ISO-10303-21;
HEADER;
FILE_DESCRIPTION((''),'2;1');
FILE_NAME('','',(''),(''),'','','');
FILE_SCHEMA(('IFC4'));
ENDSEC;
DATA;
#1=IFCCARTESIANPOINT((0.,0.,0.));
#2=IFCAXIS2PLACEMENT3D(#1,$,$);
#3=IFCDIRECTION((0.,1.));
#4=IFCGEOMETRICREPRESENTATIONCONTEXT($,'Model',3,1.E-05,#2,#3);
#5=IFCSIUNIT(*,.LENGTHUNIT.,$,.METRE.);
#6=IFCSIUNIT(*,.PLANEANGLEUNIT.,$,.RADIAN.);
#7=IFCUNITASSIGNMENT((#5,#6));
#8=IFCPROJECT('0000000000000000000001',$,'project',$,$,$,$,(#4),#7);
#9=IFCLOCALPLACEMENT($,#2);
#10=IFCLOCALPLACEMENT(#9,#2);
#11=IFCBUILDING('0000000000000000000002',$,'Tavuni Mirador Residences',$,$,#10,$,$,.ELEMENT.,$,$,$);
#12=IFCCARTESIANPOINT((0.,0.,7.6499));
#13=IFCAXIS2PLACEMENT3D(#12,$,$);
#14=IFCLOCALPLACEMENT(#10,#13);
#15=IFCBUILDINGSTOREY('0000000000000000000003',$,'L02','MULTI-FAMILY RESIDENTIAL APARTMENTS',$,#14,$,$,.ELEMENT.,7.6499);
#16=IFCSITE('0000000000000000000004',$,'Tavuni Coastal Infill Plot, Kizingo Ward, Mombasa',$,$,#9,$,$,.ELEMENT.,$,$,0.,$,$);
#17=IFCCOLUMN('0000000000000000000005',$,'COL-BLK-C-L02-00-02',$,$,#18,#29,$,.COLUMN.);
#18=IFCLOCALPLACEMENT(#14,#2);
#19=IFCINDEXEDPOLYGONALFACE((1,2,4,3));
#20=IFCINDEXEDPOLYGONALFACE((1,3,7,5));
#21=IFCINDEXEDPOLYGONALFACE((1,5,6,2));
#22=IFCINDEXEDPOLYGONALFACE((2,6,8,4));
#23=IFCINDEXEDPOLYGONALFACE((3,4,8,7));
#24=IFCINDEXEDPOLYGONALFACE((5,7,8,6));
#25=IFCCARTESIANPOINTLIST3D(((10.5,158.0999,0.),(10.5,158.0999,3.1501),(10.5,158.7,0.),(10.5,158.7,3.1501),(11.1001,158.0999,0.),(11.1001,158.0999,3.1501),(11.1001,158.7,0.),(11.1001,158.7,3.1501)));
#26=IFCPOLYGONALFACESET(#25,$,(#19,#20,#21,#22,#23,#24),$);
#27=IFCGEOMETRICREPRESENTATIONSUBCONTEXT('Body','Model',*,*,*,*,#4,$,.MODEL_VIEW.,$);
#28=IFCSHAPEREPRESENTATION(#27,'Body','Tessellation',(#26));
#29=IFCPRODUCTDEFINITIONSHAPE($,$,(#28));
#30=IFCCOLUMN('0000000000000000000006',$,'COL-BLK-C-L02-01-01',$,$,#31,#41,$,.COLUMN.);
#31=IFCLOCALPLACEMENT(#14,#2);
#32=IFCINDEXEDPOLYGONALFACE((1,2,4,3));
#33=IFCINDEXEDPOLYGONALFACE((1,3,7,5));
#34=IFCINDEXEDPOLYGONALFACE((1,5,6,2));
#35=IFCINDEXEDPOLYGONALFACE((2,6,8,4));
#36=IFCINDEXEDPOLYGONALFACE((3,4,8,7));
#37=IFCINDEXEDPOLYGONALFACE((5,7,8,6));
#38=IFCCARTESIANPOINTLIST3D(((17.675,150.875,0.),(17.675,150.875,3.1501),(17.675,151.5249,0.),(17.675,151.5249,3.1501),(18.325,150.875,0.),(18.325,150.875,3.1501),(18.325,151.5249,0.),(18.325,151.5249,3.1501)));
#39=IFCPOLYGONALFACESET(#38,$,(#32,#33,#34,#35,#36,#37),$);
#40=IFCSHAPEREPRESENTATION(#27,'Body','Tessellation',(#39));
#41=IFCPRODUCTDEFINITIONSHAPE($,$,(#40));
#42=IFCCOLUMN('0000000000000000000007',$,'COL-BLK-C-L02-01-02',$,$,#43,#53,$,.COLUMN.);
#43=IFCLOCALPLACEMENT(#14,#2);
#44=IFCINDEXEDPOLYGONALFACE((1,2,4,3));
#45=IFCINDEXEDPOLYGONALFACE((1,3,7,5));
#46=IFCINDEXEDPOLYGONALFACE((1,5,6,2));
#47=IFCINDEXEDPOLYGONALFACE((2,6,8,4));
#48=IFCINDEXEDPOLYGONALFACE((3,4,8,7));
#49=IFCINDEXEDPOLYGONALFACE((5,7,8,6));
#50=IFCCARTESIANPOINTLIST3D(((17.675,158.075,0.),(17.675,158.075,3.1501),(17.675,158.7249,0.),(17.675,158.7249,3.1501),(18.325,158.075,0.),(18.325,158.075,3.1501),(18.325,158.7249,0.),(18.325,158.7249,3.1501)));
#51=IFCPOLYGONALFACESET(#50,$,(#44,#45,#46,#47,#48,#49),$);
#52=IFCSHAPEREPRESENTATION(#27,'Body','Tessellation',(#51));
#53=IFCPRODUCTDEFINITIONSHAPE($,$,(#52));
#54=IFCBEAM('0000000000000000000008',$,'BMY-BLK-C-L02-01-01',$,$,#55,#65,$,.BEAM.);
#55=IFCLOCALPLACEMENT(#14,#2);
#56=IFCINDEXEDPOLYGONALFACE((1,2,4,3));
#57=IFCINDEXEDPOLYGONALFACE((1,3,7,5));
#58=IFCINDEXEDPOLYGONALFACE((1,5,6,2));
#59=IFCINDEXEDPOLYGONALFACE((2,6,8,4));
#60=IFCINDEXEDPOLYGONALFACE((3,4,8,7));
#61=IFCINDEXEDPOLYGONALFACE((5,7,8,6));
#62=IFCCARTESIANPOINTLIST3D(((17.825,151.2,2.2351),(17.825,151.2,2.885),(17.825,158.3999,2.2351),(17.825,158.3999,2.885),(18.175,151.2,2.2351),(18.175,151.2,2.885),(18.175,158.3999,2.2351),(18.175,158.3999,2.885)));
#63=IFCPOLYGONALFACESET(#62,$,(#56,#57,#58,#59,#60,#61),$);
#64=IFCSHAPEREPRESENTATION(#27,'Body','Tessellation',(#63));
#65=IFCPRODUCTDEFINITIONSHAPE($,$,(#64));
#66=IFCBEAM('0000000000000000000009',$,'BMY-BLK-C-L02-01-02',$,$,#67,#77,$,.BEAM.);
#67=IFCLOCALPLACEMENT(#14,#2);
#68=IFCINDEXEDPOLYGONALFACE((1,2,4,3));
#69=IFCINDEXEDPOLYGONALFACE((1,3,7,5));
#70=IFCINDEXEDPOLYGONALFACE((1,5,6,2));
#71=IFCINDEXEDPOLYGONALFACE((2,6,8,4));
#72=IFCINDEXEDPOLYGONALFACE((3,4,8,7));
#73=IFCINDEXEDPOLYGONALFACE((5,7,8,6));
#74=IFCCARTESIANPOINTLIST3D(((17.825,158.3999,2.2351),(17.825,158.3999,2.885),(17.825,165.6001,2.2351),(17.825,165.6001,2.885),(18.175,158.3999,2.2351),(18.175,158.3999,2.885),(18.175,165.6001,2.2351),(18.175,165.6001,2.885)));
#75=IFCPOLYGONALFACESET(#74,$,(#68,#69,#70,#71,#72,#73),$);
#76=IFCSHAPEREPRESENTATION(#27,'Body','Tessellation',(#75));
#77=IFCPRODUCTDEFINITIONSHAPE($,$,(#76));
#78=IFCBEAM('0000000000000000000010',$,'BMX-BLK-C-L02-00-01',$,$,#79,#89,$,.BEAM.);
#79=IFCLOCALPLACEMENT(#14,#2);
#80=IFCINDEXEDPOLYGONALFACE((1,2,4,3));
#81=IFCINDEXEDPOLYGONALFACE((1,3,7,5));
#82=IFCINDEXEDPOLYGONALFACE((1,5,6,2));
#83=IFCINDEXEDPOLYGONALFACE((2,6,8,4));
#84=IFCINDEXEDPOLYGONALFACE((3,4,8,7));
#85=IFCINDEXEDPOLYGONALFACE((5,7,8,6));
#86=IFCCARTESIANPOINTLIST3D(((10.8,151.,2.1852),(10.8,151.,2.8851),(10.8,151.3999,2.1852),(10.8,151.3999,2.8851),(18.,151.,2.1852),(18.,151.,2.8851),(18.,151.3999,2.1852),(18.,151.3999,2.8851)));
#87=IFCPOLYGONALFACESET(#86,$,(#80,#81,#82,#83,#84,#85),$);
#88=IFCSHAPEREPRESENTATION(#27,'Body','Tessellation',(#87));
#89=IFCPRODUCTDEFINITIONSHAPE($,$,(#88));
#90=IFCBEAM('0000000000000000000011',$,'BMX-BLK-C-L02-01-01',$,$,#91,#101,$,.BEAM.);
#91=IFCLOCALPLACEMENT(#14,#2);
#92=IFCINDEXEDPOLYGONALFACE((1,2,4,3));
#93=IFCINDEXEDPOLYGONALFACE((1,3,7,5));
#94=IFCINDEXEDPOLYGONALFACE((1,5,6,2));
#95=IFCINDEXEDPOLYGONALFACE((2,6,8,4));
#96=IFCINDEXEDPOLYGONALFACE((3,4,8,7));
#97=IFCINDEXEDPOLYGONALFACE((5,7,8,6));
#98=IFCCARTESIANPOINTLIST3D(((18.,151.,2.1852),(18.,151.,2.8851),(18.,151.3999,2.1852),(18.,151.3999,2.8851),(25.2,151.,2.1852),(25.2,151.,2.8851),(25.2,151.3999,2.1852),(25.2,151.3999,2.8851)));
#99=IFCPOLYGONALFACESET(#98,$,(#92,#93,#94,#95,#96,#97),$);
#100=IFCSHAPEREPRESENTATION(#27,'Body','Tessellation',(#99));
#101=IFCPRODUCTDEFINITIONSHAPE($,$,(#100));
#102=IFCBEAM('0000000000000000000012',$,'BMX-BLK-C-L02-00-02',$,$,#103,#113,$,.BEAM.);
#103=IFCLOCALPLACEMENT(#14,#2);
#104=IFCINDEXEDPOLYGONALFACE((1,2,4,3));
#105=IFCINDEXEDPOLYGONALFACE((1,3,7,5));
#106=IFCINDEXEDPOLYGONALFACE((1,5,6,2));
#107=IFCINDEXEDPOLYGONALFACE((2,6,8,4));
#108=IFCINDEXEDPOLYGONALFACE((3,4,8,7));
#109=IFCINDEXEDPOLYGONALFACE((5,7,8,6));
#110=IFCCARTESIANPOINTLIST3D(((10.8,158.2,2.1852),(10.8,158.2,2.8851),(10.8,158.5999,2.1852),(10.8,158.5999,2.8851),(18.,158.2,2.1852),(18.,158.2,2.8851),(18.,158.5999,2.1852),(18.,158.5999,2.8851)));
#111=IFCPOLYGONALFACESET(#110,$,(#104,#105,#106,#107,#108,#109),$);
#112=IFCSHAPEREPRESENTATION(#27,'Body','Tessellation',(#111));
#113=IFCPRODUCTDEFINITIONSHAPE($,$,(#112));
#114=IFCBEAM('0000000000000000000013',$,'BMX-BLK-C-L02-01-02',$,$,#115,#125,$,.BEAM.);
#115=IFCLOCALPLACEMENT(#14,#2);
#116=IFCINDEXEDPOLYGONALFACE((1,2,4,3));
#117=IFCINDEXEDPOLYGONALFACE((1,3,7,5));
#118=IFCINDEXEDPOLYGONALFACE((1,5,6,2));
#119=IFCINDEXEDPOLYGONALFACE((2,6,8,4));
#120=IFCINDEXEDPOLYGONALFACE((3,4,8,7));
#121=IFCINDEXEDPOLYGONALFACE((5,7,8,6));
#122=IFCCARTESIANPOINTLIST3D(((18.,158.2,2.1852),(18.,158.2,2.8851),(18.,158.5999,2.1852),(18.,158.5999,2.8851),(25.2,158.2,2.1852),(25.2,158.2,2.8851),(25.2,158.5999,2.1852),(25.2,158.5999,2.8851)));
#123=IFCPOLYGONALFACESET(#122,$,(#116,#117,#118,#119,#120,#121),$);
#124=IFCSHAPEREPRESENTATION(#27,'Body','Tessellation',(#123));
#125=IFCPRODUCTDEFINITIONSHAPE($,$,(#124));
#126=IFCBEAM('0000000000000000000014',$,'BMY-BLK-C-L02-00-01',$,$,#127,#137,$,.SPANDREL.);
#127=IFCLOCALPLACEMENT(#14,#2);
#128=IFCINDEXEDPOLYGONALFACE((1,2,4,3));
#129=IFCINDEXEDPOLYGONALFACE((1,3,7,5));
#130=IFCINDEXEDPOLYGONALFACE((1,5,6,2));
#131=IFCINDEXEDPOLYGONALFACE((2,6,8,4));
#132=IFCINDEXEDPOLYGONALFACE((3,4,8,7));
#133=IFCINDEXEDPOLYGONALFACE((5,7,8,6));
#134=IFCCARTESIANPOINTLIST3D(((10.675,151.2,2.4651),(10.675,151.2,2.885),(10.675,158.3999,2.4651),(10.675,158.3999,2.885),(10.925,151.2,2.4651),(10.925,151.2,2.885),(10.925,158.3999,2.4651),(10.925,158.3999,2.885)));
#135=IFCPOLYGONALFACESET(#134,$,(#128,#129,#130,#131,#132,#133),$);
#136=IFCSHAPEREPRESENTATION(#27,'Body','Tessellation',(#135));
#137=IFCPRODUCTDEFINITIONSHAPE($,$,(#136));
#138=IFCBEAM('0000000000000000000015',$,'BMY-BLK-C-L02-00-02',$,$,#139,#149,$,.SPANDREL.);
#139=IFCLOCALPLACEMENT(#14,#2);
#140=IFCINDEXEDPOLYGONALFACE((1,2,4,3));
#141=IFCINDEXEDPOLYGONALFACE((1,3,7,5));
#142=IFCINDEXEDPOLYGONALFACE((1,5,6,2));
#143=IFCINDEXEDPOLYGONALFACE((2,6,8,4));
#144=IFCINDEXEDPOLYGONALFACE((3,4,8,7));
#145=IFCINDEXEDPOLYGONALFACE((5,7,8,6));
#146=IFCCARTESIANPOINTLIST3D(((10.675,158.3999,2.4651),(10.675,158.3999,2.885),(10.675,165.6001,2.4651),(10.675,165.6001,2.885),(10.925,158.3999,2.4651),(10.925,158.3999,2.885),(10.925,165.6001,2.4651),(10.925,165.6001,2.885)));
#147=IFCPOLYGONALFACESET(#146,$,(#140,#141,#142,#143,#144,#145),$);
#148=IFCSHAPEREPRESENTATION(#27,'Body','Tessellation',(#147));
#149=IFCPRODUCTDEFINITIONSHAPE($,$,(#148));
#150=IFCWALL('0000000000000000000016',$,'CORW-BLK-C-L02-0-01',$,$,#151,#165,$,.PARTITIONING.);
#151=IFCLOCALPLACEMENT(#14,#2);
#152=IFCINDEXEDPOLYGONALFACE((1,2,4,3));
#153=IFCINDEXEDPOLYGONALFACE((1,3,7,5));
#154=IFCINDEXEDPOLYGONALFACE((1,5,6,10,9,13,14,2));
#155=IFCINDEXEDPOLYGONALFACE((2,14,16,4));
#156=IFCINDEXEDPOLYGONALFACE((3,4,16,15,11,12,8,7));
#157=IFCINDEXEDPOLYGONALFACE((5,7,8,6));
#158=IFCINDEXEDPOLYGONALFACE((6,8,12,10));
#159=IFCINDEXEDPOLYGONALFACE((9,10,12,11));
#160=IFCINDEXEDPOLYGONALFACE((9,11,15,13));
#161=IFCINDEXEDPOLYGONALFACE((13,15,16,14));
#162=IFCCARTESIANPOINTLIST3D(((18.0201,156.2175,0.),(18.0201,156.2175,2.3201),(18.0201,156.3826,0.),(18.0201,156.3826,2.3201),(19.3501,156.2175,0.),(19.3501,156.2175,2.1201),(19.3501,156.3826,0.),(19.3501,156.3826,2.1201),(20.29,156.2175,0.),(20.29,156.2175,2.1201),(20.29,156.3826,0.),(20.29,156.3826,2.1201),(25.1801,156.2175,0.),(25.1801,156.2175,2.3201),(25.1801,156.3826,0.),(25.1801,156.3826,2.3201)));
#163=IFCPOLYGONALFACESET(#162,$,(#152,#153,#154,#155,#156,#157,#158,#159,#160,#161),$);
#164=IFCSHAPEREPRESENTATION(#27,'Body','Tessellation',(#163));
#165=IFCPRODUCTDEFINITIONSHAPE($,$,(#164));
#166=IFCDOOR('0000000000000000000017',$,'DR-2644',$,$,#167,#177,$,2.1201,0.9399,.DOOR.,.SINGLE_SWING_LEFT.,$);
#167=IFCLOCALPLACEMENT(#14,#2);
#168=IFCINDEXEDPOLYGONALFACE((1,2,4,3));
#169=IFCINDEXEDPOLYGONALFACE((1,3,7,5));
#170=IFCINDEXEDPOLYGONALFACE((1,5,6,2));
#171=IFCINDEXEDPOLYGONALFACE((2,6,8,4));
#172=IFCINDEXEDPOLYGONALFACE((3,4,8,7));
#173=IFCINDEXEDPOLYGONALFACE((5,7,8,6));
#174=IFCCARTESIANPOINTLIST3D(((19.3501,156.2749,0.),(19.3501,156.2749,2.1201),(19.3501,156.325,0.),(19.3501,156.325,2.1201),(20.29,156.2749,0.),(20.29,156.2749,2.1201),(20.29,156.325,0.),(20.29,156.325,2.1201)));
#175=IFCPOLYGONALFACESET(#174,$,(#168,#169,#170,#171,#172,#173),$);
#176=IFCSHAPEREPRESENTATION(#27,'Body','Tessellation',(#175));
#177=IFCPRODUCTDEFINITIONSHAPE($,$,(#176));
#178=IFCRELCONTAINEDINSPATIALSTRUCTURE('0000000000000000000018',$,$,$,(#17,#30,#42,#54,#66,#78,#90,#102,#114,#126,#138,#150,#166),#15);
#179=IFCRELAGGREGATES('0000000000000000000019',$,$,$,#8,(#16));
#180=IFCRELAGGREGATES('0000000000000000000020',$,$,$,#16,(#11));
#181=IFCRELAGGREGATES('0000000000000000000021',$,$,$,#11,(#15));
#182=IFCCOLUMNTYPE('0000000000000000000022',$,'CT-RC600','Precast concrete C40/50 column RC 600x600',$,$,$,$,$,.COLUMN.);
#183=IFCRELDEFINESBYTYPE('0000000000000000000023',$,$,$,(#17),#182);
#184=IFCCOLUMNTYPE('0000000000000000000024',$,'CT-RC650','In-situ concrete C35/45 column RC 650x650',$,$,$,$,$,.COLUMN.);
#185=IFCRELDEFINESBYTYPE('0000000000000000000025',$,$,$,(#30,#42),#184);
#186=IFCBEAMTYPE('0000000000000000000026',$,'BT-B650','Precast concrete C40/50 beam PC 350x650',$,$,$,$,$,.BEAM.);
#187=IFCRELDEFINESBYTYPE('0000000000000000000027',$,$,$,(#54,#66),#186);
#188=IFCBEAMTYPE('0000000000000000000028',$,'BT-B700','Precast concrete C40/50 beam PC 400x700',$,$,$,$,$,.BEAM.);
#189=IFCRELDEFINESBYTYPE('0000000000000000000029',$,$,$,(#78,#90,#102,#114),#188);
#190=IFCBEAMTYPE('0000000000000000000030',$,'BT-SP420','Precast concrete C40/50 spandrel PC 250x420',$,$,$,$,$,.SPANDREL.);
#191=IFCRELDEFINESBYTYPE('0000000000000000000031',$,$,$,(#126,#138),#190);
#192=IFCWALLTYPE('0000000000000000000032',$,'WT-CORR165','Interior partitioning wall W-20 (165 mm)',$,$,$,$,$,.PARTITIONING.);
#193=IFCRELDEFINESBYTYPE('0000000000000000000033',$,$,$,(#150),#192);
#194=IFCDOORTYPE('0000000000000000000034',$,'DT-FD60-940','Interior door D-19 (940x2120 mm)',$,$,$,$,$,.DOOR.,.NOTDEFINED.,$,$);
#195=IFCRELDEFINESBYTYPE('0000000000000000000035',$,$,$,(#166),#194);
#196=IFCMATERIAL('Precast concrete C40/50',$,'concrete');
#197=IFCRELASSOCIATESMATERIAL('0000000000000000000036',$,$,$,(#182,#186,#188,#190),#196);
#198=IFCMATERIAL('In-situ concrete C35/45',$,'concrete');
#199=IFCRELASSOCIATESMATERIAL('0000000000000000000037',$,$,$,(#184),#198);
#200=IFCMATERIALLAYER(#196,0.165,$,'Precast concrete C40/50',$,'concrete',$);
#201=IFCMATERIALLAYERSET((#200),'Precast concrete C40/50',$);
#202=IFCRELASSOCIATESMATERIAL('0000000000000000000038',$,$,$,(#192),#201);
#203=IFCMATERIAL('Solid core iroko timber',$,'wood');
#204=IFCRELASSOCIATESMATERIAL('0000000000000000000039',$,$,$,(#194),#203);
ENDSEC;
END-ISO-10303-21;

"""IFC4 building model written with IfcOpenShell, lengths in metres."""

from ifc_helpers import new_model, si_unit, direction, frame, frame_2d, origin, origin_2d, place, context, subcontext, project, spatial, rectangle, extrude, material, layer, layer_set, material_profile, profile_set, type_object, element, fill, save


model = new_model("IFC4")

# Units and contexts
model_context = context("Model", 3, precision=1e-05, world=origin(), true_north=direction((0.0, 1.0)))
body_context = subcontext(model_context, "Body", "Model", "MODEL_VIEW")
ifc_project = project(units=[si_unit("LENGTHUNIT", "METRE"), si_unit("PLANEANGLEUNIT", "RADIAN")], contexts=[model_context])

# Site, building, storey
site_placement = place(None, origin())
site = spatial("IfcSite", under=ifc_project, at=site_placement, Name="Tavuni Coastal Infill Plot, Kizingo Ward, Mombasa", CompositionType="ELEMENT", RefElevation=0.0)
building_placement = place(site_placement, origin())
building = spatial("IfcBuilding", under=site, at=building_placement, Name="Tavuni Mirador Residences", CompositionType="ELEMENT")
storey_placement = place(building_placement, frame((0.0, 0.0, 7.6499)))
storey = spatial("IfcBuildingStorey", under=building, at=storey_placement, Name="L02", Description="MULTI-FAMILY RESIDENTIAL APARTMENTS", CompositionType="ELEMENT", Elevation=7.6499)

# Columns
ifc_material_1 = material(Name="Precast concrete C40/50", Category="concrete")
ifc_material_profile_1 = material_profile(ifc_material_1, rectangle(XDim=0.6001, YDim=0.6001, at=origin_2d()), Name="RC 600x600", Category="concrete")
ifc_profile_set_1 = profile_set([ifc_material_profile_1], Name="Precast concrete C40/50")
column_type_1 = type_object("IfcColumnType", Name="CT-RC600", Description="Precast concrete C40/50 column RC 600x600", PredefinedType="COLUMN", material=ifc_profile_set_1)
column_placement = place(storey_placement, frame((10.8, 158.3999, 0.0), z_axis=(0.0, 0.0, 1.0), x_axis=(1.0, 0.0, 0.0)))
element("IfcColumn", 1, at=column_placement, inside=storey, type_object=column_type_1, Name="COL-BLK-C-L02-00-02", PredefinedType="COLUMN", context=body_context, shape_type="SweptSolid", body=[
    extrude(rectangle(XDim=0.6001, YDim=0.6001, at=origin_2d()), origin(), (0.0, 0.0, 1.0), 3.1501),
])
ifc_material_2 = material(Name="In-situ concrete C35/45", Category="concrete")
ifc_material_profile_2 = material_profile(ifc_material_2, rectangle(XDim=0.6499, YDim=0.6499, at=origin_2d()), Name="RC 650x650", Category="concrete")
ifc_profile_set_2 = profile_set([ifc_material_profile_2], Name="In-situ concrete C35/45")
column_type_2 = type_object("IfcColumnType", Name="CT-RC650", Description="In-situ concrete C35/45 column RC 650x650", PredefinedType="COLUMN", material=ifc_profile_set_2)
for number, where, z_axis, x_axis, name in (
    (2, (18.0, 151.2, 0.0), (0.0, 0.0, 1.0), (1.0, 0.0, 0.0), "COL-BLK-C-L02-01-01"),
    (3, (18.0, 158.3999, 0.0), (0.0, 0.0, 1.0), (1.0, 0.0, 0.0), "COL-BLK-C-L02-01-02"),
):
    element("IfcColumn", number, at=place(storey_placement, frame(where, z_axis=z_axis, x_axis=x_axis)), inside=storey, type_object=column_type_2, Name=name, PredefinedType="COLUMN", context=body_context, shape_type="SweptSolid", body=[
        extrude(rectangle(XDim=0.6499, YDim=0.6499, at=origin_2d()), origin(), (0.0, 0.0, 1.0), 3.1501),
    ])

# Beams
ifc_material_profile_3 = material_profile(ifc_material_1, rectangle(XDim=0.3501, YDim=0.6499, at=origin_2d()), Name="PC 350x650", Category="concrete")
ifc_profile_set_3 = profile_set([ifc_material_profile_3], Name="Precast concrete C40/50")
beam_type_1 = type_object("IfcBeamType", Name="BT-B650", Description="Precast concrete C40/50 beam PC 350x650", PredefinedType="BEAM", material=ifc_profile_set_3)
beam_1_placement = place(storey_placement, frame((18.0, 151.2, 2.5601), z_axis=(0.0, 1.0, 0.0), x_axis=(-1.0, 0.0, 0.0)))
element("IfcBeam", 4, at=beam_1_placement, inside=storey, type_object=beam_type_1, Name="BMY-BLK-C-L02-01-01", PredefinedType="BEAM", context=body_context, shape_type="SweptSolid", body=[
    extrude(rectangle(XDim=0.3501, YDim=0.6499, at=origin_2d()), origin(), (0.0, 0.0, 1.0), 7.2),
])
beam_2_placement = place(storey_placement, frame((18.0, 158.3999, 2.5601), z_axis=(0.0, 1.0, 0.0), x_axis=(-1.0, 0.0, 0.0)))
element("IfcBeam", 5, at=beam_2_placement, inside=storey, type_object=beam_type_1, Name="BMY-BLK-C-L02-01-02", PredefinedType="BEAM", context=body_context, shape_type="SweptSolid", body=[
    extrude(rectangle(XDim=0.3501, YDim=0.6499, at=origin_2d()), origin(), (0.0, 0.0, 1.0), 7.2002),
])
ifc_material_profile_4 = material_profile(ifc_material_1, rectangle(XDim=0.3999, YDim=0.7, at=origin_2d()), Name="PC 400x700", Category="concrete")
ifc_profile_set_4 = profile_set([ifc_material_profile_4], Name="Precast concrete C40/50")
beam_type_2 = type_object("IfcBeamType", Name="BT-B700", Description="Precast concrete C40/50 beam PC 400x700", PredefinedType="BEAM", material=ifc_profile_set_4)
for number, where, z_axis, x_axis, name in (
    (6, (10.8, 151.2, 2.5352), (1.0, 0.0, 0.0), (0.0, 1.0, 0.0), "BMX-BLK-C-L02-00-01"),
    (7, (18.0, 151.2, 2.5352), (1.0, 0.0, 0.0), (0.0, 1.0, 0.0), "BMX-BLK-C-L02-01-01"),
    (8, (10.8, 158.3999, 2.5352), (1.0, 0.0, 0.0), (0.0, 1.0, 0.0), "BMX-BLK-C-L02-00-02"),
    (9, (18.0, 158.3999, 2.5352), (1.0, 0.0, 0.0), (0.0, 1.0, 0.0), "BMX-BLK-C-L02-01-02"),
):
    element("IfcBeam", number, at=place(storey_placement, frame(where, z_axis=z_axis, x_axis=x_axis)), inside=storey, type_object=beam_type_2, Name=name, PredefinedType="BEAM", context=body_context, shape_type="SweptSolid", body=[
        extrude(rectangle(XDim=0.3999, YDim=0.7, at=origin_2d()), origin(), (0.0, 0.0, 1.0), 7.2),
    ])
ifc_material_profile_5 = material_profile(ifc_material_1, rectangle(XDim=0.25, YDim=0.4199, at=origin_2d()), Name="PC 250x420", Category="concrete")
ifc_profile_set_5 = profile_set([ifc_material_profile_5], Name="Precast concrete C40/50")
beam_type_3 = type_object("IfcBeamType", Name="BT-SP420", Description="Precast concrete C40/50 spandrel PC 250x420", PredefinedType="SPANDREL", material=ifc_profile_set_5)
beam_3_placement = place(storey_placement, frame((10.8, 151.2, 2.675), z_axis=(0.0, 1.0, 0.0), x_axis=(-1.0, 0.0, 0.0)))
element("IfcBeam", 10, at=beam_3_placement, inside=storey, type_object=beam_type_3, Name="BMY-BLK-C-L02-00-01", PredefinedType="SPANDREL", context=body_context, shape_type="SweptSolid", body=[
    extrude(rectangle(XDim=0.25, YDim=0.4199, at=origin_2d()), origin(), (0.0, 0.0, 1.0), 7.2),
])
beam_4_placement = place(storey_placement, frame((10.8, 158.3999, 2.675), z_axis=(0.0, 1.0, 0.0), x_axis=(-1.0, 0.0, 0.0)))
element("IfcBeam", 11, at=beam_4_placement, inside=storey, type_object=beam_type_3, Name="BMY-BLK-C-L02-00-02", PredefinedType="SPANDREL", context=body_context, shape_type="SweptSolid", body=[
    extrude(rectangle(XDim=0.25, YDim=0.4199, at=origin_2d()), origin(), (0.0, 0.0, 1.0), 7.2002),
])

# Wall, opening, door
ifc_layer_1 = layer(ifc_material_1, 0.165, Name="Precast concrete C40/50", Category="concrete")
ifc_layer_set_1 = layer_set([ifc_layer_1], Name="Precast concrete C40/50")
wall_type_1 = type_object("IfcWallType", Name="WT-CORR165", Description="Interior partitioning wall W-20 (165 mm)", PredefinedType="PARTITIONING", material=ifc_layer_set_1)
ifc_material_3 = material(Name="Solid core iroko timber", Category="wood")
wall_1_placement = place(storey_placement, frame((18.02, 156.3, 0.0), z_axis=(0.0, 0.0, 1.0), x_axis=(1.0, 0.0, 0.0)))
wall_1 = element("IfcWall", 12, at=wall_1_placement, inside=storey, type_object=wall_type_1, Name="CORW-BLK-C-L02-0-01", PredefinedType="PARTITIONING", context=body_context, shape_type="SweptSolid", body=[
    extrude(rectangle(XDim=7.1599, YDim=0.165, at=frame_2d((3.5801, 0.0))), origin(), (0.0, 0.0, 1.0), 2.3201),
])
opening_1_placement = place(wall_1_placement, frame((1.3301, 0.0, 0.0)))
opening_1 = element("IfcOpeningElement", 13, at=opening_1_placement, cuts=wall_1, PredefinedType="OPENING", context=body_context, shape_type="SweptSolid", body=[
    extrude(rectangle(XDim=0.9399, YDim=2.1201, at=frame_2d((0.47, 1.0601))), frame((0.0, 0.0925, 0.0), z_axis=(0.0, -1.0, 0.0), x_axis=(1.0, 0.0, 0.0)), (0.0, 0.0, 1.0), 0.1851),
])
door_type_1 = type_object("IfcDoorType", Name="DT-FD60-940", Description="Interior door D-19 (940x2120 mm)", OperationType="NOTDEFINED", PredefinedType="DOOR", material=ifc_material_3)
door_1_placement = place(opening_1_placement, origin())
door_1 = element("IfcDoor", 14, at=door_1_placement, inside=storey, type_object=door_type_1, Name="DR-2644", OperationType="SINGLE_SWING_LEFT", OverallHeight=2.1201, OverallWidth=0.9399, PredefinedType="DOOR", context=body_context, shape_type="SweptSolid", body=[
    extrude(rectangle(XDim=0.9399, YDim=2.1201, at=frame_2d((0.47, 1.0601))), frame((0.0, 0.0249, 0.0), z_axis=(0.0, -1.0, 0.0), x_axis=(1.0, 0.0, 0.0)), (0.0, 0.0, 1.0), 0.05),
])
fill(opening_1, door_1)

save(model, "model.ifc")
